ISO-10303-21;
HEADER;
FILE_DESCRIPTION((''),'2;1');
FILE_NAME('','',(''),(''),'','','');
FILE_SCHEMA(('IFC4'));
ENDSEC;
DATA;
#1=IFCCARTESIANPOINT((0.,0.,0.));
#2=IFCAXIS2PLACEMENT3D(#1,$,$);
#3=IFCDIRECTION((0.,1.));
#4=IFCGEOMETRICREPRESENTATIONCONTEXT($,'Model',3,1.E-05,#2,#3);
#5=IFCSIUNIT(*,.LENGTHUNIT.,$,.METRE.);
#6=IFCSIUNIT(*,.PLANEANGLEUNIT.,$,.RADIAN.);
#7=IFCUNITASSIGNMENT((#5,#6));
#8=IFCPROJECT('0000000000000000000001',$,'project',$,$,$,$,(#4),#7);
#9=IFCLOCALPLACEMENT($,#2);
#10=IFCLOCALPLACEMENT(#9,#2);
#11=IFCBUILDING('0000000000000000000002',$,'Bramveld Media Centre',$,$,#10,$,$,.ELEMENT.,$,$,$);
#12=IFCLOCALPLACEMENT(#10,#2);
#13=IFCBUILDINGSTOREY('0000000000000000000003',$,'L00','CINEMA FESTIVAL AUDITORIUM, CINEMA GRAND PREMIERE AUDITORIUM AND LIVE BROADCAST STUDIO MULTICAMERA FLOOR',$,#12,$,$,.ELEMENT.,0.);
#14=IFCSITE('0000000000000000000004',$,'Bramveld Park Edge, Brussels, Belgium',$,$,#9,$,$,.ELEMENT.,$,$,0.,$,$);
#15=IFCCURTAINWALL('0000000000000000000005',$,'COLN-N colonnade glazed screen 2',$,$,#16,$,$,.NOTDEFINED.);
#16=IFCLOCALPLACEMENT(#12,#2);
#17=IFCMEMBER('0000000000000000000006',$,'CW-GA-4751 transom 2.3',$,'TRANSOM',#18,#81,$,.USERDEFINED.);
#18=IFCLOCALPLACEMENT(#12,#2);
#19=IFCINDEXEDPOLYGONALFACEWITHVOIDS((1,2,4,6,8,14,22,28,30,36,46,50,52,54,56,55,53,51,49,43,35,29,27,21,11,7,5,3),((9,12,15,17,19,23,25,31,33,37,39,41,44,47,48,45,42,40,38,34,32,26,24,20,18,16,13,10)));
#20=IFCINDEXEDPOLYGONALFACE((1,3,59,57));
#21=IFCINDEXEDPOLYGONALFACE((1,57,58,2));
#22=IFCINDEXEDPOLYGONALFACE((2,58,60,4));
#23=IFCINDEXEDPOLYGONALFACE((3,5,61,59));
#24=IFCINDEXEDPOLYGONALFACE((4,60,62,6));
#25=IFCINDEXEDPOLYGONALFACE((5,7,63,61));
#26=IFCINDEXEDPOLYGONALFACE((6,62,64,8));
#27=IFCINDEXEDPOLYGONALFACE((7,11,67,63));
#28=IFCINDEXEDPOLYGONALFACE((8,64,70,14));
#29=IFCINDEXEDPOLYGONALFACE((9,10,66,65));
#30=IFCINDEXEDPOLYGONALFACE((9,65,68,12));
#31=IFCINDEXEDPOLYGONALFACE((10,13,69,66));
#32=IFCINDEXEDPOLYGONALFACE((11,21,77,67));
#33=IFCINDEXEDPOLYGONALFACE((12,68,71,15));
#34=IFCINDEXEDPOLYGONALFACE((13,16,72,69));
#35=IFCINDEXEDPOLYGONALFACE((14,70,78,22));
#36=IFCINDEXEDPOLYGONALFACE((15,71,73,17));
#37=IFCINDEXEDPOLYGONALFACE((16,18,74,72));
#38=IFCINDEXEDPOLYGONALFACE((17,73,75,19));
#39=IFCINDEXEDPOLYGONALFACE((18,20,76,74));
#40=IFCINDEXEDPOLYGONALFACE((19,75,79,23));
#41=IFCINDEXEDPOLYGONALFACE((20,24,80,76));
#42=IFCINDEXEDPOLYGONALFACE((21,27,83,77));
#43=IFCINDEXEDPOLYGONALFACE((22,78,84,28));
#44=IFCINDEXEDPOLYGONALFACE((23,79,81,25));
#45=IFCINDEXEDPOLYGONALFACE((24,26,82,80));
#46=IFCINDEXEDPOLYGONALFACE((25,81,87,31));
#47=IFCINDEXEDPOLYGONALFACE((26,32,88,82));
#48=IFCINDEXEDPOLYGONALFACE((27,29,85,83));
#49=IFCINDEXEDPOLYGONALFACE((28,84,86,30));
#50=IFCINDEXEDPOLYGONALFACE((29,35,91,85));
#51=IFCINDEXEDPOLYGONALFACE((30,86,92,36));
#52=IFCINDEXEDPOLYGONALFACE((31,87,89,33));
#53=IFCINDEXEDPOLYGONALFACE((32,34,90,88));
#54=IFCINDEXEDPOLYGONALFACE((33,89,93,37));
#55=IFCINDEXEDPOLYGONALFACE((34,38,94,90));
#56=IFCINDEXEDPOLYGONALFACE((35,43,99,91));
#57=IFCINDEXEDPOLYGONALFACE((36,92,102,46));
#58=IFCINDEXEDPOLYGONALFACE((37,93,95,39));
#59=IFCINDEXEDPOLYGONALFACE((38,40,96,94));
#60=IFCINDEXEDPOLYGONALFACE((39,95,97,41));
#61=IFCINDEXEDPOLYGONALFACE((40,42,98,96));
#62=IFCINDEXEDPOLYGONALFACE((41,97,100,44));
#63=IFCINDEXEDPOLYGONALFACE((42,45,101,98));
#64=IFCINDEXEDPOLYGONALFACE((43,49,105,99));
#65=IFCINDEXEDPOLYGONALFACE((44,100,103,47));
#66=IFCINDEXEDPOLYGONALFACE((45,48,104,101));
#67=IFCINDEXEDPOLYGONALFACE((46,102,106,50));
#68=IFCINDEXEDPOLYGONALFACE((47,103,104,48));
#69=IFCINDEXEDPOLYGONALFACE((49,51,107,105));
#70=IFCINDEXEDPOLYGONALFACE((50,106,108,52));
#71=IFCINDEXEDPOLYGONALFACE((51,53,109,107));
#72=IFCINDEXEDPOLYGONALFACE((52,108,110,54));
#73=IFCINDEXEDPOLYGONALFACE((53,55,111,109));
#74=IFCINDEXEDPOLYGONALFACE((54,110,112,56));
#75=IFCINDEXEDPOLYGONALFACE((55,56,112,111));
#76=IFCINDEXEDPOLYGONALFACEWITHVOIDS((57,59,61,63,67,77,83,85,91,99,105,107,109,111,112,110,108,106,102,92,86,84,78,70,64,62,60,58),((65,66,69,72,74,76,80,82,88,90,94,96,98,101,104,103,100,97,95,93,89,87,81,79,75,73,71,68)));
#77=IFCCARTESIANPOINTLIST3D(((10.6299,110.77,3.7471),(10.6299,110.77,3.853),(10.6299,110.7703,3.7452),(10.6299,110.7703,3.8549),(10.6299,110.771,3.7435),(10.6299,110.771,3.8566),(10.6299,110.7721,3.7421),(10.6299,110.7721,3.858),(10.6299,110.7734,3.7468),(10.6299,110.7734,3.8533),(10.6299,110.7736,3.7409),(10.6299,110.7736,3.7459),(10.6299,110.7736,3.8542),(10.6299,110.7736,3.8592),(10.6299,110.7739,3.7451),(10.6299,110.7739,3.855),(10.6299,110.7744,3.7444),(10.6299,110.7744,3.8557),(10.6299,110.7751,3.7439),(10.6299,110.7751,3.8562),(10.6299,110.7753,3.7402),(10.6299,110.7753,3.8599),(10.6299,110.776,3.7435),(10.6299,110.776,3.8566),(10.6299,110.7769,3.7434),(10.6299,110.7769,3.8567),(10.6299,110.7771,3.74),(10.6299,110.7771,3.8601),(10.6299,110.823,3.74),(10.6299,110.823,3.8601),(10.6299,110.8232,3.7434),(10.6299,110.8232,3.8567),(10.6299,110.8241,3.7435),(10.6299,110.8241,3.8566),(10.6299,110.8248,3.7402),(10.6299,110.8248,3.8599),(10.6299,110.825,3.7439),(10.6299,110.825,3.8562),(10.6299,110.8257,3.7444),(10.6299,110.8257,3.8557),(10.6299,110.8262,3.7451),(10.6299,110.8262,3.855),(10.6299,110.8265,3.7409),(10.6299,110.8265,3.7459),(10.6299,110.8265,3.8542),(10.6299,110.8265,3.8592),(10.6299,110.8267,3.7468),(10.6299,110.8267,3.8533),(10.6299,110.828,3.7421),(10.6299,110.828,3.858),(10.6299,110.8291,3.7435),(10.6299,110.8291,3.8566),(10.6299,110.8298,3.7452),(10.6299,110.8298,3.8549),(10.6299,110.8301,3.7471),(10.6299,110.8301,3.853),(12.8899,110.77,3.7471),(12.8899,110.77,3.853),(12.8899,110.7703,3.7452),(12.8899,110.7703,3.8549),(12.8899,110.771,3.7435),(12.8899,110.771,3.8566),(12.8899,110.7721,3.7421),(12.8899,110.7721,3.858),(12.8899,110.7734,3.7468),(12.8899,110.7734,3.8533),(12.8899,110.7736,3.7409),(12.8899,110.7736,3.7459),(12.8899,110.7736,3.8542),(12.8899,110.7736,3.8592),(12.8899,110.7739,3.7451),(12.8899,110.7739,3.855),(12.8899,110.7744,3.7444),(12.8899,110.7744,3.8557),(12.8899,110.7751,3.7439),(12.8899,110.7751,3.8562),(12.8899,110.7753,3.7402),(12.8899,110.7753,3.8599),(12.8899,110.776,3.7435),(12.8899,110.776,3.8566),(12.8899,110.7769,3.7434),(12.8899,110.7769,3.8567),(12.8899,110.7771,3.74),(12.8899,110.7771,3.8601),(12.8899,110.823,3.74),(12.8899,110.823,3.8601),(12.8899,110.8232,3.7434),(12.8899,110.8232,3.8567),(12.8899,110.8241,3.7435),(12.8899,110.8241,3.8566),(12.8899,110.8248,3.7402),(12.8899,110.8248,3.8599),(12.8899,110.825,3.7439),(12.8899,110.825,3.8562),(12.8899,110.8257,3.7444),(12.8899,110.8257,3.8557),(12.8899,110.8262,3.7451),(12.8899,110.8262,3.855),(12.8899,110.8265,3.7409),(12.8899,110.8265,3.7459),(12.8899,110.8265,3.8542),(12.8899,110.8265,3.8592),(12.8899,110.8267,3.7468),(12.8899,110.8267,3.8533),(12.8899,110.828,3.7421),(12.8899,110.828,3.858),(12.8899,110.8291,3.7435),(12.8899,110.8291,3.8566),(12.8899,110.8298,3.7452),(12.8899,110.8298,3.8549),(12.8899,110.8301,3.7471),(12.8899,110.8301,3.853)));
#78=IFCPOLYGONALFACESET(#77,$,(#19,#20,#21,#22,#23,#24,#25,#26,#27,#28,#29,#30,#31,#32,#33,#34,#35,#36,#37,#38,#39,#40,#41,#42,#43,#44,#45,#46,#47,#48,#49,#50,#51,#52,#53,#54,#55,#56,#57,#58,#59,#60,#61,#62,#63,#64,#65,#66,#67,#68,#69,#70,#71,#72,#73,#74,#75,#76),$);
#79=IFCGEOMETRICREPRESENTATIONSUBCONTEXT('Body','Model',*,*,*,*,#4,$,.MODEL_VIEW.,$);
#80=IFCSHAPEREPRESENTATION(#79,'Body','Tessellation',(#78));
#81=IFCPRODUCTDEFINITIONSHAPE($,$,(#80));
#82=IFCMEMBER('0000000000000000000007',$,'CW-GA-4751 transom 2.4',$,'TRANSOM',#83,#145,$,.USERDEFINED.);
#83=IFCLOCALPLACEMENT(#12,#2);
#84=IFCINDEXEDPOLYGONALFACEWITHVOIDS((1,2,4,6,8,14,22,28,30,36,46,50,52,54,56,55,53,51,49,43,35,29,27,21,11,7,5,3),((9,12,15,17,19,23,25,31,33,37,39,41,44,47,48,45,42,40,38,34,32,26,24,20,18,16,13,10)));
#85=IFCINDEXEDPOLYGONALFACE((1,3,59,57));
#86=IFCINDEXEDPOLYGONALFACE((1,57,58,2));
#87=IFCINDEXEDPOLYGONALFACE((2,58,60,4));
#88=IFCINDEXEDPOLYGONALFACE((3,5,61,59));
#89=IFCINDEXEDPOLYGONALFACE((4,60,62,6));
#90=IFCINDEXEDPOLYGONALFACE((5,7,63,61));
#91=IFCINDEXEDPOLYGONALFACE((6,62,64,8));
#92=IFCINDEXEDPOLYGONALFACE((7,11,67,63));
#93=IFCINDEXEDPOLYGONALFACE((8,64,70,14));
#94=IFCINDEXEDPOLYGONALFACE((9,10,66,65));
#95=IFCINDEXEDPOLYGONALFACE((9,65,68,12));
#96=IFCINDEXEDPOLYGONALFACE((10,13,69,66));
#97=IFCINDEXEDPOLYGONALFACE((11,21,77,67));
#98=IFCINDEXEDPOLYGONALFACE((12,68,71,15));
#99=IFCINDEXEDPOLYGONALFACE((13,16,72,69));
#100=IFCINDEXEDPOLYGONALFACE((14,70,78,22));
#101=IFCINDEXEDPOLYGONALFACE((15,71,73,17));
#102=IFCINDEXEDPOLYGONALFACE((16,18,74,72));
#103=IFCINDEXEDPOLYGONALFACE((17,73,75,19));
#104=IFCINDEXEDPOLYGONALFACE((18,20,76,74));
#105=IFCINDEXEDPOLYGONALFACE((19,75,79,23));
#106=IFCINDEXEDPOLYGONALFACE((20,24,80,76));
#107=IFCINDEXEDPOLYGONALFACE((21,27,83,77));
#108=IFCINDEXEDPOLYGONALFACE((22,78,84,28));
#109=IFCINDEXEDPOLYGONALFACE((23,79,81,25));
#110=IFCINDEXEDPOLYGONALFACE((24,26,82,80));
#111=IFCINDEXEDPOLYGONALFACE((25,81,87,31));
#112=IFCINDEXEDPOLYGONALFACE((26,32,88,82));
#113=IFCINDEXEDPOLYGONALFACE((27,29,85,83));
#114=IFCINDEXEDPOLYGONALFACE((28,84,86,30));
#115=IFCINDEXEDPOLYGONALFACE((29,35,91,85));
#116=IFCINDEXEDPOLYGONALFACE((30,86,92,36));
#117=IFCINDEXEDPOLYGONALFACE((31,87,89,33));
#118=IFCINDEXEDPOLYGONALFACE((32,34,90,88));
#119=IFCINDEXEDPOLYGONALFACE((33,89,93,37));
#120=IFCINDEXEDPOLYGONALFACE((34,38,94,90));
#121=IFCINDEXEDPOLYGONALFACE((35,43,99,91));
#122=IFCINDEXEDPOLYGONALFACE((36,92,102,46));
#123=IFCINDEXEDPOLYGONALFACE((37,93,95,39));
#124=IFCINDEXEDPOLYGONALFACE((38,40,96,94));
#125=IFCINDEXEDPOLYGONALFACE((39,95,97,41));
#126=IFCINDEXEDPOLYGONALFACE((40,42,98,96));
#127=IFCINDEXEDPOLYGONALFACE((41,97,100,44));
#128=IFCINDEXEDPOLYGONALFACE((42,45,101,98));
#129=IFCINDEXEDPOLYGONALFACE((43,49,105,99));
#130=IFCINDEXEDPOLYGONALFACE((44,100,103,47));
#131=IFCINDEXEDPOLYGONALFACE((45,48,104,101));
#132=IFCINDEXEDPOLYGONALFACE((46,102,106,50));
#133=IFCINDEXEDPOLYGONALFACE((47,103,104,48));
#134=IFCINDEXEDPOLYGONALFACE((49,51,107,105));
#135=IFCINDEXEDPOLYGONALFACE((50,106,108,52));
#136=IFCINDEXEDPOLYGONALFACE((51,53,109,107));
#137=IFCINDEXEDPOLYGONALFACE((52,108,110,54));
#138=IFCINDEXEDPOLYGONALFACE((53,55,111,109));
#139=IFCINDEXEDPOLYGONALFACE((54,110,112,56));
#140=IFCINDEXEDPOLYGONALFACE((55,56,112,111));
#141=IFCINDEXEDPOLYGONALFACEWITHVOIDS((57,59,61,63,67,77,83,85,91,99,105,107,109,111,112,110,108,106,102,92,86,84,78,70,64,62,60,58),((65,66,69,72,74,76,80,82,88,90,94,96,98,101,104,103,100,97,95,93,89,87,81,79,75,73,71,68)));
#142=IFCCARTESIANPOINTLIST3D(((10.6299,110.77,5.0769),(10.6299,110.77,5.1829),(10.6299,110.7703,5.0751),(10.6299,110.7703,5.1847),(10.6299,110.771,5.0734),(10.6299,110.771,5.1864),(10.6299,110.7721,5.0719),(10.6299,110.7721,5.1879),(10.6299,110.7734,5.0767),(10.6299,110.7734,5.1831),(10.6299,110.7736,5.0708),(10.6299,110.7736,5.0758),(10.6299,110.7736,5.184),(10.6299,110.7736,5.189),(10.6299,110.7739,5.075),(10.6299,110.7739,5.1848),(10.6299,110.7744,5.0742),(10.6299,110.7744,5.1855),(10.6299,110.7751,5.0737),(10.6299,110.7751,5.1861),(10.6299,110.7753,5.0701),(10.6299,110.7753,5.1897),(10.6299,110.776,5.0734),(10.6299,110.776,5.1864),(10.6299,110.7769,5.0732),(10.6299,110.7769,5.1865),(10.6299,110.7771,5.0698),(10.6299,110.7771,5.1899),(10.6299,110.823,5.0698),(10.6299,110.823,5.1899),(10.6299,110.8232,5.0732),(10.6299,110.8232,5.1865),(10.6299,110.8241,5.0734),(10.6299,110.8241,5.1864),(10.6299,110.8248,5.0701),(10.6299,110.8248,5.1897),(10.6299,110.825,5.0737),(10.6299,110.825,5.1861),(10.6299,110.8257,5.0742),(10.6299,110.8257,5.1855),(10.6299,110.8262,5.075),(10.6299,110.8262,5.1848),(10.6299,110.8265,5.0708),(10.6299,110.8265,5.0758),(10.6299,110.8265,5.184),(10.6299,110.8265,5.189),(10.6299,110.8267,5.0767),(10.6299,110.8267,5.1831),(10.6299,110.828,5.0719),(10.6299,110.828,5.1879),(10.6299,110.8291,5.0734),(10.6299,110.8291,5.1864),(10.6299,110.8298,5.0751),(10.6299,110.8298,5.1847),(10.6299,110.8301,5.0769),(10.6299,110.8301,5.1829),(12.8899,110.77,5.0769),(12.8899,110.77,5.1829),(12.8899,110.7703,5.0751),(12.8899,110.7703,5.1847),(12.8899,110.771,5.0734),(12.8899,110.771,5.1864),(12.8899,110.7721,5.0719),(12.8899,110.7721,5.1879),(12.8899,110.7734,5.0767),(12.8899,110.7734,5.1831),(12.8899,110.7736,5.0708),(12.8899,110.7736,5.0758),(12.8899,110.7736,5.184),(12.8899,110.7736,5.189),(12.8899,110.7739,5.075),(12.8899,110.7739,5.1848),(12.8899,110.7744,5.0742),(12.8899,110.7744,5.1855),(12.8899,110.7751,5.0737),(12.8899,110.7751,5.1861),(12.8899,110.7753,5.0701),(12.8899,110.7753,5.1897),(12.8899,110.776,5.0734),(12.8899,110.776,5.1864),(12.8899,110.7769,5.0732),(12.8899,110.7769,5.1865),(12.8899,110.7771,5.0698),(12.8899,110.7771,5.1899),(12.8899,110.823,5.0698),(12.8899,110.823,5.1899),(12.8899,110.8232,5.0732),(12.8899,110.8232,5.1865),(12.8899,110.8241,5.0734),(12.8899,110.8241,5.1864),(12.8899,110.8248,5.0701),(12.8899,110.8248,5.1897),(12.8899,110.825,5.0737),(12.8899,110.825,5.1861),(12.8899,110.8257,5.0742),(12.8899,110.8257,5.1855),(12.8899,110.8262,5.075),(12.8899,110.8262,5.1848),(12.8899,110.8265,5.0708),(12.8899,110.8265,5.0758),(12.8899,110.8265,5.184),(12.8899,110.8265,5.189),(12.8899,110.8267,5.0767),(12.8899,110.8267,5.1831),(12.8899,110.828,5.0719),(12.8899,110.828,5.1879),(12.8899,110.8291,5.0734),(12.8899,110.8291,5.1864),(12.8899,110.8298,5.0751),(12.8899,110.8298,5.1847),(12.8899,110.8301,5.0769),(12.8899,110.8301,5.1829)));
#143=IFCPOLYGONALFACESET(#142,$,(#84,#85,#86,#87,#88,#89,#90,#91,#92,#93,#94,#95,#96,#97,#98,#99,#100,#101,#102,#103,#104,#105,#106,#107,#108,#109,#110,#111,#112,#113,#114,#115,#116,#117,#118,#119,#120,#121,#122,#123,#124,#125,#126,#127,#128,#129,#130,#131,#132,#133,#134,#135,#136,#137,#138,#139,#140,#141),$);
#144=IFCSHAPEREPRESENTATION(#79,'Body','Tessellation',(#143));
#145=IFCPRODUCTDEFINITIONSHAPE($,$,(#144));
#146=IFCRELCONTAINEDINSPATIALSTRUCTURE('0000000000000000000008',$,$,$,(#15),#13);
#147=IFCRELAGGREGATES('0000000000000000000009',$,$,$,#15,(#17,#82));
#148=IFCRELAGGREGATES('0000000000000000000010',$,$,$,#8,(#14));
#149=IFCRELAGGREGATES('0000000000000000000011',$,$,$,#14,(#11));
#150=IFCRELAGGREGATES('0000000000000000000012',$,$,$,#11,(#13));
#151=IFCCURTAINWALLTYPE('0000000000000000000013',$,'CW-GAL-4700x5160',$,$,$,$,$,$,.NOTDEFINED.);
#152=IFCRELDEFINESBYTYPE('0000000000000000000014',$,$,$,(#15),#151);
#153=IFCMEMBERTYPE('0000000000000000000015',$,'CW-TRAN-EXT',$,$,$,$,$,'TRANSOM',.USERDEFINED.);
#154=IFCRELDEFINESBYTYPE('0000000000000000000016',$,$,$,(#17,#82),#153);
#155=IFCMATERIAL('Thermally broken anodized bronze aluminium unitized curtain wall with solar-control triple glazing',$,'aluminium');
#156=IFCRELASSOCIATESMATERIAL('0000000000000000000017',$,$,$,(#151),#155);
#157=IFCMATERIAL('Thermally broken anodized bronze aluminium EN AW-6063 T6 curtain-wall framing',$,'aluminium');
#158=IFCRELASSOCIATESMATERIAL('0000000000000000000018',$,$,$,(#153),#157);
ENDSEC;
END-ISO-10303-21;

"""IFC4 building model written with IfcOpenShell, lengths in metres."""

from ifc_helpers import new_model, si_unit, direction, frame, origin, origin_2d, place, context, subcontext, project, spatial, hollow_rectangle, extrude, material, material_profile, profile_set, type_object, element, aggregate, save


model = new_model("IFC4")

# Units and contexts
model_context = context("Model", 3, precision=1e-05, world=origin(), true_north=direction((0.0, 1.0)))
body_context = subcontext(model_context, "Body", "Model", "MODEL_VIEW")
ifc_project = project(units=[si_unit("LENGTHUNIT", "METRE"), si_unit("PLANEANGLEUNIT", "RADIAN")], contexts=[model_context])

# Site, building, storey
site_placement = place(None, origin())
site = spatial("IfcSite", under=ifc_project, at=site_placement, Name="Bramveld Park Edge, Brussels, Belgium", CompositionType="ELEMENT", RefElevation=0.0)
building_placement = place(site_placement, origin())
building = spatial("IfcBuilding", under=site, at=building_placement, Name="Bramveld Media Centre", CompositionType="ELEMENT")
storey_placement = place(building_placement, origin())
storey = spatial("IfcBuildingStorey", under=building, at=storey_placement, Name="L00", Description="CINEMA FESTIVAL AUDITORIUM, CINEMA GRAND PREMIERE AUDITORIUM AND LIVE BROADCAST STUDIO MULTICAMERA FLOOR", CompositionType="ELEMENT", Elevation=0.0)

# Curtain wall
ifc_material_1 = material(Name="Thermally broken anodized bronze aluminium unitized curtain wall with solar-control triple glazing", Category="aluminium")
curtain_wall_type_1 = type_object("IfcCurtainWallType", Name="CW-GAL-4700x5160", PredefinedType="NOTDEFINED", material=ifc_material_1)
curtain_wall_1_placement = place(storey_placement, origin())
curtain_wall_1 = element("IfcCurtainWall", 1, at=curtain_wall_1_placement, inside=storey, type_object=curtain_wall_type_1, Name="COLN-N colonnade glazed screen 2", PredefinedType="NOTDEFINED")

# Members
ifc_material_2 = material(Name="Thermally broken anodized bronze aluminium EN AW-6063 T6 curtain-wall framing", Category="aluminium")
ifc_material_profile_1 = material_profile(ifc_material_2, hollow_rectangle(XDim=0.0601, YDim=0.1201, WallThickness=0.0034, InnerFilletRadius=0.0034, OuterFilletRadius=0.0071, at=origin_2d()), Name="AL-TRAN 60x120")
ifc_profile_set_1 = profile_set([ifc_material_profile_1], Name="Thermally broken anodized bronze aluminium EN AW-6063 T6 curtain-wall framing")
member_type_1 = type_object("IfcMemberType", Name="CW-TRAN-EXT", ElementType="TRANSOM", PredefinedType="USERDEFINED", material=ifc_profile_set_1)
member_1_placement = place(storey_placement, frame((10.6299, 110.8, 3.8), z_axis=(1.0, 0.0, 0.0), x_axis=(0.0, 1.0, 0.0)))
member_1 = element("IfcMember", 2, at=member_1_placement, type_object=member_type_1, Name="CW-GA-4751 transom 2.3", ObjectType="TRANSOM", PredefinedType="USERDEFINED", context=body_context, shape_type="SweptSolid", body=[
    extrude(hollow_rectangle(XDim=0.0601, YDim=0.1201, WallThickness=0.0034, InnerFilletRadius=0.0034, OuterFilletRadius=0.0071, at=origin_2d()), origin(), (0.0, 0.0, 1.0), 2.26),
])
member_2_placement = place(storey_placement, frame((10.6299, 110.8, 5.1299), z_axis=(1.0, 0.0, 0.0), x_axis=(0.0, 1.0, 0.0)))
member_2 = element("IfcMember", 3, at=member_2_placement, type_object=member_type_1, Name="CW-GA-4751 transom 2.4", ObjectType="TRANSOM", PredefinedType="USERDEFINED", context=body_context, shape_type="SweptSolid", body=[
    extrude(hollow_rectangle(XDim=0.0601, YDim=0.1201, WallThickness=0.0034, InnerFilletRadius=0.0034, OuterFilletRadius=0.0071, at=origin_2d()), origin(), (0.0, 0.0, 1.0), 2.26),
])

aggregate(curtain_wall_1, [member_1, member_2])

save(model, "model.ifc")
